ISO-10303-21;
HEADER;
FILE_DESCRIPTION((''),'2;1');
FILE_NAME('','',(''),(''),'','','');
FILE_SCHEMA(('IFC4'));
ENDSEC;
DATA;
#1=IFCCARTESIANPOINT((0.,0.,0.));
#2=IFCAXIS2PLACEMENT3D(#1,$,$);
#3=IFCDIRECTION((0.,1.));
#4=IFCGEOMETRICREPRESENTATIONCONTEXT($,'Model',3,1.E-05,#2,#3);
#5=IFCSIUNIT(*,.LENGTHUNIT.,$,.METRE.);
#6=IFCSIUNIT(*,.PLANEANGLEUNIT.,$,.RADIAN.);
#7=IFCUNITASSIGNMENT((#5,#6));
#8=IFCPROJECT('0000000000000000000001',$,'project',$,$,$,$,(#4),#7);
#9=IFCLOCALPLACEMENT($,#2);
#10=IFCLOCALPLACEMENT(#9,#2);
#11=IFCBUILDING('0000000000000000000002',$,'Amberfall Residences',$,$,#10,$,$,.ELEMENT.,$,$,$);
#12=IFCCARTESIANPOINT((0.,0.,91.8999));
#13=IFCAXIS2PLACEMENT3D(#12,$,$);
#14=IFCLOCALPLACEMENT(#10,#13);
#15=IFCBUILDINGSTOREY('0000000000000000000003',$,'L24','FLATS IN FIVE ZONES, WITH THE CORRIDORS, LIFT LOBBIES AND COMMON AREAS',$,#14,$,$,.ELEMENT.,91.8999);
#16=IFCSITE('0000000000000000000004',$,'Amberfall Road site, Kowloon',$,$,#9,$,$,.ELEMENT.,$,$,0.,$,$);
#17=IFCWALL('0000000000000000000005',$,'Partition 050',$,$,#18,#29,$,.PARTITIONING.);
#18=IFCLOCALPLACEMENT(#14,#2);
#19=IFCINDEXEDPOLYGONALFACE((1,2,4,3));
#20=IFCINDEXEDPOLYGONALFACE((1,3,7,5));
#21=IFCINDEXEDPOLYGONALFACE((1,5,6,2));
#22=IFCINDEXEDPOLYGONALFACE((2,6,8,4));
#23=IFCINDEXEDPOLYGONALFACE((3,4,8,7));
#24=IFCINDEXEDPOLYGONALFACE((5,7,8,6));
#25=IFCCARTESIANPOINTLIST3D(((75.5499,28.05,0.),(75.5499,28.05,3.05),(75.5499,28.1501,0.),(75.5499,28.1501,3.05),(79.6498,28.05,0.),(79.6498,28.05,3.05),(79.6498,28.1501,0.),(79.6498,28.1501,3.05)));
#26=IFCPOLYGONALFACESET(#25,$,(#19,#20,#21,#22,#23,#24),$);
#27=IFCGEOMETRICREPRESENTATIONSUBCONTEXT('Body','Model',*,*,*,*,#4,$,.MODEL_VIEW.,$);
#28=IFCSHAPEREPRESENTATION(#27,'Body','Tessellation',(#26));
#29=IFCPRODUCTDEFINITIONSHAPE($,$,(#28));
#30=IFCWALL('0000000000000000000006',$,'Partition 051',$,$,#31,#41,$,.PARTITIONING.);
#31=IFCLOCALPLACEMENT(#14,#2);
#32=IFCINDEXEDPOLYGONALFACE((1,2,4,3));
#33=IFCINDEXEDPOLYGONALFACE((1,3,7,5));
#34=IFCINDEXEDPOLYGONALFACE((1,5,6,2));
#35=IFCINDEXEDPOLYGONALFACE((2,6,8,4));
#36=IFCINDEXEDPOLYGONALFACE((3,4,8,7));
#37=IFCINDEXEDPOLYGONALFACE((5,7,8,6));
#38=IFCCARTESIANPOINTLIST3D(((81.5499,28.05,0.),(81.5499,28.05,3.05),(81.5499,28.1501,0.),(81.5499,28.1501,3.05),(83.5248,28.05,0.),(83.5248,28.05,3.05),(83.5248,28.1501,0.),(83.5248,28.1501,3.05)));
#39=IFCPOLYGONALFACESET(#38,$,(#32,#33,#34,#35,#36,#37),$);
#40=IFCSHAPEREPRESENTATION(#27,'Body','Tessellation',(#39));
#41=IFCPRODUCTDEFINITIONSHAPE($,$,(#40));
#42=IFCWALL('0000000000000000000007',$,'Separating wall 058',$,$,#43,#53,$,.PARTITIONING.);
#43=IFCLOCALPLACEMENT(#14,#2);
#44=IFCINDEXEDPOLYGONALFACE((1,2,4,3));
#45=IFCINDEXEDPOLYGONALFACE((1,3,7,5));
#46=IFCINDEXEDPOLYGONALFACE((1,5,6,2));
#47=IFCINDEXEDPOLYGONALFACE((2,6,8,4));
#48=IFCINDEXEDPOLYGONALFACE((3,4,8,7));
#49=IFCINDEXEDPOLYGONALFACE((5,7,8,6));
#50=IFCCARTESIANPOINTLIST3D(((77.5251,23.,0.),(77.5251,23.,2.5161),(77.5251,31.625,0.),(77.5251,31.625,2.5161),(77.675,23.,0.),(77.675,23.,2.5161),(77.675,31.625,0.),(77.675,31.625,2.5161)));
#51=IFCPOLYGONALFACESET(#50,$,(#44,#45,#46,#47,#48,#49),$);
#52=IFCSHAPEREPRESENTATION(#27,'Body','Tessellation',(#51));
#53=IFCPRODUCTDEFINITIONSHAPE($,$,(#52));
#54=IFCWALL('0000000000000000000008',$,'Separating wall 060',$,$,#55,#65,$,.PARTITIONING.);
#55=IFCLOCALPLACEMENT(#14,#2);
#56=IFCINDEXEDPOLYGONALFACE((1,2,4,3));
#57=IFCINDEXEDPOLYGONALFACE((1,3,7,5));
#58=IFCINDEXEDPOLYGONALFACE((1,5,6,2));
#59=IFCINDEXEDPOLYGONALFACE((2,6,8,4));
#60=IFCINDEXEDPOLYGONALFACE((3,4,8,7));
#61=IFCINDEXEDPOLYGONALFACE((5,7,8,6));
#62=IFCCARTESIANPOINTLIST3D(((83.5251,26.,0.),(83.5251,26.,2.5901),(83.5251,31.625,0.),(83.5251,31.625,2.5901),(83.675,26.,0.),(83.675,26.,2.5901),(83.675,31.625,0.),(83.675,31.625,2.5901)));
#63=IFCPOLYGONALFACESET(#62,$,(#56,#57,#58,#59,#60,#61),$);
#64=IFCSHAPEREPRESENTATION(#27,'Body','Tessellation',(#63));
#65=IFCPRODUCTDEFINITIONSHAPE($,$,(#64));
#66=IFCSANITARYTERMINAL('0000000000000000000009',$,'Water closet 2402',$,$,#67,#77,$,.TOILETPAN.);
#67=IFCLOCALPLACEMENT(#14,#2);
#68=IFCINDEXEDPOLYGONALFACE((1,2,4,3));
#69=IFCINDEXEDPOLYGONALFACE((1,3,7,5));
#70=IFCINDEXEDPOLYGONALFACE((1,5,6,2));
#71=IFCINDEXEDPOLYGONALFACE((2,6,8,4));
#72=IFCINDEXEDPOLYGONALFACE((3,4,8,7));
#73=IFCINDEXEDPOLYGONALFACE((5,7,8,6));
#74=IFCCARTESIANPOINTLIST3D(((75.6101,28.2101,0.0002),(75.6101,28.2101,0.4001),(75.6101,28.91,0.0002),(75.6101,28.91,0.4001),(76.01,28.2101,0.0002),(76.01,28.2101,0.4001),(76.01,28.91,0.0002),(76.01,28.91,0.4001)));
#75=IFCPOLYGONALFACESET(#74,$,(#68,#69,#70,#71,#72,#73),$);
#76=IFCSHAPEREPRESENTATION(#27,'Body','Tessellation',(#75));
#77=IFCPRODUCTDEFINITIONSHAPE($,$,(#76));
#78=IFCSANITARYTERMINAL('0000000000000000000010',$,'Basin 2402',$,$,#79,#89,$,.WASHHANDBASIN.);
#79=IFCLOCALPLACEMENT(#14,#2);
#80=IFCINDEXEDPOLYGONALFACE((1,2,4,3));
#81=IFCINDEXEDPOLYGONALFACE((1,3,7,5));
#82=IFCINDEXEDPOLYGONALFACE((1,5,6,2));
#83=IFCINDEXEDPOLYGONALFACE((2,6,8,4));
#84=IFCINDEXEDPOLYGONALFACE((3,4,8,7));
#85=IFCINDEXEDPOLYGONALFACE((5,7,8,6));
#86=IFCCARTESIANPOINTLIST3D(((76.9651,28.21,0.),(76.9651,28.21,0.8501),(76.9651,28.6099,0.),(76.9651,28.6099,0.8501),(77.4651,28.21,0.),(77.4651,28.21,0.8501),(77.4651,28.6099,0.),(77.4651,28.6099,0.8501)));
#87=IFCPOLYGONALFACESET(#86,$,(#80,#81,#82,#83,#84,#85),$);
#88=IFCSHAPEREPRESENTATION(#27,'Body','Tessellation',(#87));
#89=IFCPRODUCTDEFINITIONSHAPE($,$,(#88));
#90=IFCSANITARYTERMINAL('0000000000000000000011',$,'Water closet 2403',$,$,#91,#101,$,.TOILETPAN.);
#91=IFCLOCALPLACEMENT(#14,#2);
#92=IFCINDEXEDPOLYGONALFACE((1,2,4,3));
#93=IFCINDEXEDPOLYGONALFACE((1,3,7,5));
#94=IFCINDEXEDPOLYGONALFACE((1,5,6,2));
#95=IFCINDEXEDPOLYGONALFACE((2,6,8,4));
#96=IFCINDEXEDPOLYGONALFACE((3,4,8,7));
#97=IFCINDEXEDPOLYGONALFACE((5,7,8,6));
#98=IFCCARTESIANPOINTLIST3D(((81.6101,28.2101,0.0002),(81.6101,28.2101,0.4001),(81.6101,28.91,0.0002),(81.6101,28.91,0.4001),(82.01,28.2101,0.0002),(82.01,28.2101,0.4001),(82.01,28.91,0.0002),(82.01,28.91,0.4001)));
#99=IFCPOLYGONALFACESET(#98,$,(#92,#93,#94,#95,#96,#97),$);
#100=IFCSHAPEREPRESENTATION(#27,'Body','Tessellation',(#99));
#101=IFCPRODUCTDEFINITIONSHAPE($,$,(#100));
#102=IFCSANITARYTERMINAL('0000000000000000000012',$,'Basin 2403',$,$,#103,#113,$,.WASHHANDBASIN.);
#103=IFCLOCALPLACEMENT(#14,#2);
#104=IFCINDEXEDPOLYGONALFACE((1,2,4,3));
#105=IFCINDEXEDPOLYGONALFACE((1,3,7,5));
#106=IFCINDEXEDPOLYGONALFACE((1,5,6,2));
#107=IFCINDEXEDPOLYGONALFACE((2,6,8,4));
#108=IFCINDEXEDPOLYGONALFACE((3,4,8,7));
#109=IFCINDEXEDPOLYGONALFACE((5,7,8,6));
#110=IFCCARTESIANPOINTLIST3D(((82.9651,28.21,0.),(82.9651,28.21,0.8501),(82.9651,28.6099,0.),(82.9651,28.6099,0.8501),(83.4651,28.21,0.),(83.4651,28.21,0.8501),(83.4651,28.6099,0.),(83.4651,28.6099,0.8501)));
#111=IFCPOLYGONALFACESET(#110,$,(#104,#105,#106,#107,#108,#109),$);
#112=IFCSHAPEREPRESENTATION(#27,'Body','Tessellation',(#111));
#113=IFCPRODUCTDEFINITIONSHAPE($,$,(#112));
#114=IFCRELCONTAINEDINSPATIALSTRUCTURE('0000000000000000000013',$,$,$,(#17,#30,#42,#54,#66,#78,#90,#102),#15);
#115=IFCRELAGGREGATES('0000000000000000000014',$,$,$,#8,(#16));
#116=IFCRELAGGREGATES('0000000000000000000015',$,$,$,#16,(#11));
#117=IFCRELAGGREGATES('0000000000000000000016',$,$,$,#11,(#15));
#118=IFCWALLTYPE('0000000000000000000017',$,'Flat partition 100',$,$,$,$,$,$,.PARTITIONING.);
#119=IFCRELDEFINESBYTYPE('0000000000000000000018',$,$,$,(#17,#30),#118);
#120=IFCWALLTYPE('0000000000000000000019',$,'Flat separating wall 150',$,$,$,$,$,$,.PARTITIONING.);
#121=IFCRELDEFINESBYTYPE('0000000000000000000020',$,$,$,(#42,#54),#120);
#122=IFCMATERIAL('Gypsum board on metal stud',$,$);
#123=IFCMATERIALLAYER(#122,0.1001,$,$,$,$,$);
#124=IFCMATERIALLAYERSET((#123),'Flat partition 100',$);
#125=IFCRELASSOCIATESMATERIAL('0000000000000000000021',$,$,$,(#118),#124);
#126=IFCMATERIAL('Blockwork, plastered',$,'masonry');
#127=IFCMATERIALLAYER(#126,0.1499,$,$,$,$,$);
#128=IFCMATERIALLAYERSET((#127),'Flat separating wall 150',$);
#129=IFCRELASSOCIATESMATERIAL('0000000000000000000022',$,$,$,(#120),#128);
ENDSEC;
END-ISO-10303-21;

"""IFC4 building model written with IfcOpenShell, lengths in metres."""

from ifc_helpers import new_model, si_unit, direction, frame, frame_2d, origin, origin_2d, place, context, subcontext, project, spatial, rectangle, extrude, material, layer, layer_set, type_object, element, save


model = new_model("IFC4")

# Units and contexts
model_context = context("Model", 3, precision=1e-05, world=origin(), true_north=direction((0.0, 1.0)))
body_context = subcontext(model_context, "Body", "Model", "MODEL_VIEW")
ifc_project = project(units=[si_unit("LENGTHUNIT", "METRE"), si_unit("PLANEANGLEUNIT", "RADIAN")], contexts=[model_context])

# Site, building, storey
site_placement = place(None, origin())
site = spatial("IfcSite", under=ifc_project, at=site_placement, Name="Amberfall Road site, Kowloon", CompositionType="ELEMENT", RefElevation=0.0)
building_placement = place(site_placement, origin())
building = spatial("IfcBuilding", under=site, at=building_placement, Name="Amberfall Residences", CompositionType="ELEMENT")
storey_placement = place(building_placement, frame((0.0, 0.0, 91.8999)))
storey = spatial("IfcBuildingStorey", under=building, at=storey_placement, Name="L24", Description="FLATS IN FIVE ZONES, WITH THE CORRIDORS, LIFT LOBBIES AND COMMON AREAS", CompositionType="ELEMENT", Elevation=91.8999)

# Shared definitions
ifc_material_1 = material(Name="Gypsum board on metal stud")
ifc_layer_1 = layer(ifc_material_1, 0.1001)
ifc_layer_set_1 = layer_set([ifc_layer_1], Name="Flat partition 100")
wall_type_1 = type_object("IfcWallType", Name="Flat partition 100", PredefinedType="PARTITIONING", material=ifc_layer_set_1)

# Walls
wall_1_placement = place(storey_placement, frame((75.55, 28.1001, 0.0), z_axis=(0.0, 0.0, 1.0), x_axis=(1.0, 0.0, 0.0)))
element("IfcWall", 1, at=wall_1_placement, inside=storey, type_object=wall_type_1, Name="Partition 050", PredefinedType="PARTITIONING", context=body_context, shape_type="SweptSolid", body=[
    extrude(rectangle(XDim=4.0999, YDim=0.1001, at=frame_2d((2.0498, 0.0))), origin(), (0.0, 0.0, 1.0), 3.05),
])
wall_2_placement = place(storey_placement, frame((81.55, 28.1001, 0.0), z_axis=(0.0, 0.0, 1.0), x_axis=(1.0, 0.0, 0.0)))
element("IfcWall", 2, at=wall_2_placement, inside=storey, type_object=wall_type_1, Name="Partition 051", PredefinedType="PARTITIONING", context=body_context, shape_type="SweptSolid", body=[
    extrude(rectangle(XDim=1.9749, YDim=0.1001, at=frame_2d((0.9873, 0.0))), origin(), (0.0, 0.0, 1.0), 3.05),
])
ifc_material_2 = material(Name="Blockwork, plastered", Category="masonry")
ifc_layer_2 = layer(ifc_material_2, 0.1499)
ifc_layer_set_2 = layer_set([ifc_layer_2], Name="Flat separating wall 150")
wall_type_2 = type_object("IfcWallType", Name="Flat separating wall 150", PredefinedType="PARTITIONING", material=ifc_layer_set_2)
wall_3_placement = place(storey_placement, frame((77.6001, 23.0, 0.0), z_axis=(0.0, 0.0, 1.0), x_axis=(0.0, 1.0, 0.0)))
element("IfcWall", 3, at=wall_3_placement, inside=storey, type_object=wall_type_2, Name="Separating wall 058", PredefinedType="PARTITIONING", context=body_context, shape_type="SweptSolid", body=[
    extrude(rectangle(XDim=8.625, YDim=0.1499, at=frame_2d((4.3125, 0.0))), origin(), (0.0, 0.0, 1.0), 2.5161),
])
wall_4_placement = place(storey_placement, frame((83.6001, 26.0, 0.0), z_axis=(0.0, 0.0, 1.0), x_axis=(0.0, 1.0, 0.0)))
element("IfcWall", 4, at=wall_4_placement, inside=storey, type_object=wall_type_2, Name="Separating wall 060", PredefinedType="PARTITIONING", context=body_context, shape_type="SweptSolid", body=[
    extrude(rectangle(XDim=5.625, YDim=0.1499, at=frame_2d((2.8125, 0.0))), origin(), (0.0, 0.0, 1.0), 2.5901),
])

# Sanitary terminals
sanitary_terminal_1_placement = place(storey_placement, frame((75.8101, 28.5601, 0.0002), z_axis=(0.0, 0.0, 1.0), x_axis=(1.0, 0.0, 0.0)))
element("IfcSanitaryTerminal", 5, at=sanitary_terminal_1_placement, inside=storey, Name="Water closet 2402", PredefinedType="TOILETPAN", context=body_context, shape_type="SweptSolid", body=[
    extrude(rectangle(XDim=0.3999, YDim=0.7, at=origin_2d()), origin(), (0.0, 0.0, 1.0), 0.3999),
])
sanitary_terminal_2_placement = place(storey_placement, frame((77.2151, 28.4099, 0.0), z_axis=(0.0, 0.0, 1.0), x_axis=(1.0, 0.0, 0.0)))
element("IfcSanitaryTerminal", 6, at=sanitary_terminal_2_placement, inside=storey, Name="Basin 2402", PredefinedType="WASHHANDBASIN", context=body_context, shape_type="SweptSolid", body=[
    extrude(rectangle(XDim=0.5, YDim=0.3999, at=origin_2d()), origin(), (0.0, 0.0, 1.0), 0.8501),
])
sanitary_terminal_3_placement = place(storey_placement, frame((81.8101, 28.5601, 0.0002), z_axis=(0.0, 0.0, 1.0), x_axis=(1.0, 0.0, 0.0)))
element("IfcSanitaryTerminal", 7, at=sanitary_terminal_3_placement, inside=storey, Name="Water closet 2403", PredefinedType="TOILETPAN", context=body_context, shape_type="SweptSolid", body=[
    extrude(rectangle(XDim=0.3999, YDim=0.7, at=origin_2d()), origin(), (0.0, 0.0, 1.0), 0.3999),
])
sanitary_terminal_4_placement = place(storey_placement, frame((83.2151, 28.4099, 0.0), z_axis=(0.0, 0.0, 1.0), x_axis=(1.0, 0.0, 0.0)))
element("IfcSanitaryTerminal", 8, at=sanitary_terminal_4_placement, inside=storey, Name="Basin 2403", PredefinedType="WASHHANDBASIN", context=body_context, shape_type="SweptSolid", body=[
    extrude(rectangle(XDim=0.5, YDim=0.3999, at=origin_2d()), origin(), (0.0, 0.0, 1.0), 0.8501),
])

save(model, "model.ifc")
